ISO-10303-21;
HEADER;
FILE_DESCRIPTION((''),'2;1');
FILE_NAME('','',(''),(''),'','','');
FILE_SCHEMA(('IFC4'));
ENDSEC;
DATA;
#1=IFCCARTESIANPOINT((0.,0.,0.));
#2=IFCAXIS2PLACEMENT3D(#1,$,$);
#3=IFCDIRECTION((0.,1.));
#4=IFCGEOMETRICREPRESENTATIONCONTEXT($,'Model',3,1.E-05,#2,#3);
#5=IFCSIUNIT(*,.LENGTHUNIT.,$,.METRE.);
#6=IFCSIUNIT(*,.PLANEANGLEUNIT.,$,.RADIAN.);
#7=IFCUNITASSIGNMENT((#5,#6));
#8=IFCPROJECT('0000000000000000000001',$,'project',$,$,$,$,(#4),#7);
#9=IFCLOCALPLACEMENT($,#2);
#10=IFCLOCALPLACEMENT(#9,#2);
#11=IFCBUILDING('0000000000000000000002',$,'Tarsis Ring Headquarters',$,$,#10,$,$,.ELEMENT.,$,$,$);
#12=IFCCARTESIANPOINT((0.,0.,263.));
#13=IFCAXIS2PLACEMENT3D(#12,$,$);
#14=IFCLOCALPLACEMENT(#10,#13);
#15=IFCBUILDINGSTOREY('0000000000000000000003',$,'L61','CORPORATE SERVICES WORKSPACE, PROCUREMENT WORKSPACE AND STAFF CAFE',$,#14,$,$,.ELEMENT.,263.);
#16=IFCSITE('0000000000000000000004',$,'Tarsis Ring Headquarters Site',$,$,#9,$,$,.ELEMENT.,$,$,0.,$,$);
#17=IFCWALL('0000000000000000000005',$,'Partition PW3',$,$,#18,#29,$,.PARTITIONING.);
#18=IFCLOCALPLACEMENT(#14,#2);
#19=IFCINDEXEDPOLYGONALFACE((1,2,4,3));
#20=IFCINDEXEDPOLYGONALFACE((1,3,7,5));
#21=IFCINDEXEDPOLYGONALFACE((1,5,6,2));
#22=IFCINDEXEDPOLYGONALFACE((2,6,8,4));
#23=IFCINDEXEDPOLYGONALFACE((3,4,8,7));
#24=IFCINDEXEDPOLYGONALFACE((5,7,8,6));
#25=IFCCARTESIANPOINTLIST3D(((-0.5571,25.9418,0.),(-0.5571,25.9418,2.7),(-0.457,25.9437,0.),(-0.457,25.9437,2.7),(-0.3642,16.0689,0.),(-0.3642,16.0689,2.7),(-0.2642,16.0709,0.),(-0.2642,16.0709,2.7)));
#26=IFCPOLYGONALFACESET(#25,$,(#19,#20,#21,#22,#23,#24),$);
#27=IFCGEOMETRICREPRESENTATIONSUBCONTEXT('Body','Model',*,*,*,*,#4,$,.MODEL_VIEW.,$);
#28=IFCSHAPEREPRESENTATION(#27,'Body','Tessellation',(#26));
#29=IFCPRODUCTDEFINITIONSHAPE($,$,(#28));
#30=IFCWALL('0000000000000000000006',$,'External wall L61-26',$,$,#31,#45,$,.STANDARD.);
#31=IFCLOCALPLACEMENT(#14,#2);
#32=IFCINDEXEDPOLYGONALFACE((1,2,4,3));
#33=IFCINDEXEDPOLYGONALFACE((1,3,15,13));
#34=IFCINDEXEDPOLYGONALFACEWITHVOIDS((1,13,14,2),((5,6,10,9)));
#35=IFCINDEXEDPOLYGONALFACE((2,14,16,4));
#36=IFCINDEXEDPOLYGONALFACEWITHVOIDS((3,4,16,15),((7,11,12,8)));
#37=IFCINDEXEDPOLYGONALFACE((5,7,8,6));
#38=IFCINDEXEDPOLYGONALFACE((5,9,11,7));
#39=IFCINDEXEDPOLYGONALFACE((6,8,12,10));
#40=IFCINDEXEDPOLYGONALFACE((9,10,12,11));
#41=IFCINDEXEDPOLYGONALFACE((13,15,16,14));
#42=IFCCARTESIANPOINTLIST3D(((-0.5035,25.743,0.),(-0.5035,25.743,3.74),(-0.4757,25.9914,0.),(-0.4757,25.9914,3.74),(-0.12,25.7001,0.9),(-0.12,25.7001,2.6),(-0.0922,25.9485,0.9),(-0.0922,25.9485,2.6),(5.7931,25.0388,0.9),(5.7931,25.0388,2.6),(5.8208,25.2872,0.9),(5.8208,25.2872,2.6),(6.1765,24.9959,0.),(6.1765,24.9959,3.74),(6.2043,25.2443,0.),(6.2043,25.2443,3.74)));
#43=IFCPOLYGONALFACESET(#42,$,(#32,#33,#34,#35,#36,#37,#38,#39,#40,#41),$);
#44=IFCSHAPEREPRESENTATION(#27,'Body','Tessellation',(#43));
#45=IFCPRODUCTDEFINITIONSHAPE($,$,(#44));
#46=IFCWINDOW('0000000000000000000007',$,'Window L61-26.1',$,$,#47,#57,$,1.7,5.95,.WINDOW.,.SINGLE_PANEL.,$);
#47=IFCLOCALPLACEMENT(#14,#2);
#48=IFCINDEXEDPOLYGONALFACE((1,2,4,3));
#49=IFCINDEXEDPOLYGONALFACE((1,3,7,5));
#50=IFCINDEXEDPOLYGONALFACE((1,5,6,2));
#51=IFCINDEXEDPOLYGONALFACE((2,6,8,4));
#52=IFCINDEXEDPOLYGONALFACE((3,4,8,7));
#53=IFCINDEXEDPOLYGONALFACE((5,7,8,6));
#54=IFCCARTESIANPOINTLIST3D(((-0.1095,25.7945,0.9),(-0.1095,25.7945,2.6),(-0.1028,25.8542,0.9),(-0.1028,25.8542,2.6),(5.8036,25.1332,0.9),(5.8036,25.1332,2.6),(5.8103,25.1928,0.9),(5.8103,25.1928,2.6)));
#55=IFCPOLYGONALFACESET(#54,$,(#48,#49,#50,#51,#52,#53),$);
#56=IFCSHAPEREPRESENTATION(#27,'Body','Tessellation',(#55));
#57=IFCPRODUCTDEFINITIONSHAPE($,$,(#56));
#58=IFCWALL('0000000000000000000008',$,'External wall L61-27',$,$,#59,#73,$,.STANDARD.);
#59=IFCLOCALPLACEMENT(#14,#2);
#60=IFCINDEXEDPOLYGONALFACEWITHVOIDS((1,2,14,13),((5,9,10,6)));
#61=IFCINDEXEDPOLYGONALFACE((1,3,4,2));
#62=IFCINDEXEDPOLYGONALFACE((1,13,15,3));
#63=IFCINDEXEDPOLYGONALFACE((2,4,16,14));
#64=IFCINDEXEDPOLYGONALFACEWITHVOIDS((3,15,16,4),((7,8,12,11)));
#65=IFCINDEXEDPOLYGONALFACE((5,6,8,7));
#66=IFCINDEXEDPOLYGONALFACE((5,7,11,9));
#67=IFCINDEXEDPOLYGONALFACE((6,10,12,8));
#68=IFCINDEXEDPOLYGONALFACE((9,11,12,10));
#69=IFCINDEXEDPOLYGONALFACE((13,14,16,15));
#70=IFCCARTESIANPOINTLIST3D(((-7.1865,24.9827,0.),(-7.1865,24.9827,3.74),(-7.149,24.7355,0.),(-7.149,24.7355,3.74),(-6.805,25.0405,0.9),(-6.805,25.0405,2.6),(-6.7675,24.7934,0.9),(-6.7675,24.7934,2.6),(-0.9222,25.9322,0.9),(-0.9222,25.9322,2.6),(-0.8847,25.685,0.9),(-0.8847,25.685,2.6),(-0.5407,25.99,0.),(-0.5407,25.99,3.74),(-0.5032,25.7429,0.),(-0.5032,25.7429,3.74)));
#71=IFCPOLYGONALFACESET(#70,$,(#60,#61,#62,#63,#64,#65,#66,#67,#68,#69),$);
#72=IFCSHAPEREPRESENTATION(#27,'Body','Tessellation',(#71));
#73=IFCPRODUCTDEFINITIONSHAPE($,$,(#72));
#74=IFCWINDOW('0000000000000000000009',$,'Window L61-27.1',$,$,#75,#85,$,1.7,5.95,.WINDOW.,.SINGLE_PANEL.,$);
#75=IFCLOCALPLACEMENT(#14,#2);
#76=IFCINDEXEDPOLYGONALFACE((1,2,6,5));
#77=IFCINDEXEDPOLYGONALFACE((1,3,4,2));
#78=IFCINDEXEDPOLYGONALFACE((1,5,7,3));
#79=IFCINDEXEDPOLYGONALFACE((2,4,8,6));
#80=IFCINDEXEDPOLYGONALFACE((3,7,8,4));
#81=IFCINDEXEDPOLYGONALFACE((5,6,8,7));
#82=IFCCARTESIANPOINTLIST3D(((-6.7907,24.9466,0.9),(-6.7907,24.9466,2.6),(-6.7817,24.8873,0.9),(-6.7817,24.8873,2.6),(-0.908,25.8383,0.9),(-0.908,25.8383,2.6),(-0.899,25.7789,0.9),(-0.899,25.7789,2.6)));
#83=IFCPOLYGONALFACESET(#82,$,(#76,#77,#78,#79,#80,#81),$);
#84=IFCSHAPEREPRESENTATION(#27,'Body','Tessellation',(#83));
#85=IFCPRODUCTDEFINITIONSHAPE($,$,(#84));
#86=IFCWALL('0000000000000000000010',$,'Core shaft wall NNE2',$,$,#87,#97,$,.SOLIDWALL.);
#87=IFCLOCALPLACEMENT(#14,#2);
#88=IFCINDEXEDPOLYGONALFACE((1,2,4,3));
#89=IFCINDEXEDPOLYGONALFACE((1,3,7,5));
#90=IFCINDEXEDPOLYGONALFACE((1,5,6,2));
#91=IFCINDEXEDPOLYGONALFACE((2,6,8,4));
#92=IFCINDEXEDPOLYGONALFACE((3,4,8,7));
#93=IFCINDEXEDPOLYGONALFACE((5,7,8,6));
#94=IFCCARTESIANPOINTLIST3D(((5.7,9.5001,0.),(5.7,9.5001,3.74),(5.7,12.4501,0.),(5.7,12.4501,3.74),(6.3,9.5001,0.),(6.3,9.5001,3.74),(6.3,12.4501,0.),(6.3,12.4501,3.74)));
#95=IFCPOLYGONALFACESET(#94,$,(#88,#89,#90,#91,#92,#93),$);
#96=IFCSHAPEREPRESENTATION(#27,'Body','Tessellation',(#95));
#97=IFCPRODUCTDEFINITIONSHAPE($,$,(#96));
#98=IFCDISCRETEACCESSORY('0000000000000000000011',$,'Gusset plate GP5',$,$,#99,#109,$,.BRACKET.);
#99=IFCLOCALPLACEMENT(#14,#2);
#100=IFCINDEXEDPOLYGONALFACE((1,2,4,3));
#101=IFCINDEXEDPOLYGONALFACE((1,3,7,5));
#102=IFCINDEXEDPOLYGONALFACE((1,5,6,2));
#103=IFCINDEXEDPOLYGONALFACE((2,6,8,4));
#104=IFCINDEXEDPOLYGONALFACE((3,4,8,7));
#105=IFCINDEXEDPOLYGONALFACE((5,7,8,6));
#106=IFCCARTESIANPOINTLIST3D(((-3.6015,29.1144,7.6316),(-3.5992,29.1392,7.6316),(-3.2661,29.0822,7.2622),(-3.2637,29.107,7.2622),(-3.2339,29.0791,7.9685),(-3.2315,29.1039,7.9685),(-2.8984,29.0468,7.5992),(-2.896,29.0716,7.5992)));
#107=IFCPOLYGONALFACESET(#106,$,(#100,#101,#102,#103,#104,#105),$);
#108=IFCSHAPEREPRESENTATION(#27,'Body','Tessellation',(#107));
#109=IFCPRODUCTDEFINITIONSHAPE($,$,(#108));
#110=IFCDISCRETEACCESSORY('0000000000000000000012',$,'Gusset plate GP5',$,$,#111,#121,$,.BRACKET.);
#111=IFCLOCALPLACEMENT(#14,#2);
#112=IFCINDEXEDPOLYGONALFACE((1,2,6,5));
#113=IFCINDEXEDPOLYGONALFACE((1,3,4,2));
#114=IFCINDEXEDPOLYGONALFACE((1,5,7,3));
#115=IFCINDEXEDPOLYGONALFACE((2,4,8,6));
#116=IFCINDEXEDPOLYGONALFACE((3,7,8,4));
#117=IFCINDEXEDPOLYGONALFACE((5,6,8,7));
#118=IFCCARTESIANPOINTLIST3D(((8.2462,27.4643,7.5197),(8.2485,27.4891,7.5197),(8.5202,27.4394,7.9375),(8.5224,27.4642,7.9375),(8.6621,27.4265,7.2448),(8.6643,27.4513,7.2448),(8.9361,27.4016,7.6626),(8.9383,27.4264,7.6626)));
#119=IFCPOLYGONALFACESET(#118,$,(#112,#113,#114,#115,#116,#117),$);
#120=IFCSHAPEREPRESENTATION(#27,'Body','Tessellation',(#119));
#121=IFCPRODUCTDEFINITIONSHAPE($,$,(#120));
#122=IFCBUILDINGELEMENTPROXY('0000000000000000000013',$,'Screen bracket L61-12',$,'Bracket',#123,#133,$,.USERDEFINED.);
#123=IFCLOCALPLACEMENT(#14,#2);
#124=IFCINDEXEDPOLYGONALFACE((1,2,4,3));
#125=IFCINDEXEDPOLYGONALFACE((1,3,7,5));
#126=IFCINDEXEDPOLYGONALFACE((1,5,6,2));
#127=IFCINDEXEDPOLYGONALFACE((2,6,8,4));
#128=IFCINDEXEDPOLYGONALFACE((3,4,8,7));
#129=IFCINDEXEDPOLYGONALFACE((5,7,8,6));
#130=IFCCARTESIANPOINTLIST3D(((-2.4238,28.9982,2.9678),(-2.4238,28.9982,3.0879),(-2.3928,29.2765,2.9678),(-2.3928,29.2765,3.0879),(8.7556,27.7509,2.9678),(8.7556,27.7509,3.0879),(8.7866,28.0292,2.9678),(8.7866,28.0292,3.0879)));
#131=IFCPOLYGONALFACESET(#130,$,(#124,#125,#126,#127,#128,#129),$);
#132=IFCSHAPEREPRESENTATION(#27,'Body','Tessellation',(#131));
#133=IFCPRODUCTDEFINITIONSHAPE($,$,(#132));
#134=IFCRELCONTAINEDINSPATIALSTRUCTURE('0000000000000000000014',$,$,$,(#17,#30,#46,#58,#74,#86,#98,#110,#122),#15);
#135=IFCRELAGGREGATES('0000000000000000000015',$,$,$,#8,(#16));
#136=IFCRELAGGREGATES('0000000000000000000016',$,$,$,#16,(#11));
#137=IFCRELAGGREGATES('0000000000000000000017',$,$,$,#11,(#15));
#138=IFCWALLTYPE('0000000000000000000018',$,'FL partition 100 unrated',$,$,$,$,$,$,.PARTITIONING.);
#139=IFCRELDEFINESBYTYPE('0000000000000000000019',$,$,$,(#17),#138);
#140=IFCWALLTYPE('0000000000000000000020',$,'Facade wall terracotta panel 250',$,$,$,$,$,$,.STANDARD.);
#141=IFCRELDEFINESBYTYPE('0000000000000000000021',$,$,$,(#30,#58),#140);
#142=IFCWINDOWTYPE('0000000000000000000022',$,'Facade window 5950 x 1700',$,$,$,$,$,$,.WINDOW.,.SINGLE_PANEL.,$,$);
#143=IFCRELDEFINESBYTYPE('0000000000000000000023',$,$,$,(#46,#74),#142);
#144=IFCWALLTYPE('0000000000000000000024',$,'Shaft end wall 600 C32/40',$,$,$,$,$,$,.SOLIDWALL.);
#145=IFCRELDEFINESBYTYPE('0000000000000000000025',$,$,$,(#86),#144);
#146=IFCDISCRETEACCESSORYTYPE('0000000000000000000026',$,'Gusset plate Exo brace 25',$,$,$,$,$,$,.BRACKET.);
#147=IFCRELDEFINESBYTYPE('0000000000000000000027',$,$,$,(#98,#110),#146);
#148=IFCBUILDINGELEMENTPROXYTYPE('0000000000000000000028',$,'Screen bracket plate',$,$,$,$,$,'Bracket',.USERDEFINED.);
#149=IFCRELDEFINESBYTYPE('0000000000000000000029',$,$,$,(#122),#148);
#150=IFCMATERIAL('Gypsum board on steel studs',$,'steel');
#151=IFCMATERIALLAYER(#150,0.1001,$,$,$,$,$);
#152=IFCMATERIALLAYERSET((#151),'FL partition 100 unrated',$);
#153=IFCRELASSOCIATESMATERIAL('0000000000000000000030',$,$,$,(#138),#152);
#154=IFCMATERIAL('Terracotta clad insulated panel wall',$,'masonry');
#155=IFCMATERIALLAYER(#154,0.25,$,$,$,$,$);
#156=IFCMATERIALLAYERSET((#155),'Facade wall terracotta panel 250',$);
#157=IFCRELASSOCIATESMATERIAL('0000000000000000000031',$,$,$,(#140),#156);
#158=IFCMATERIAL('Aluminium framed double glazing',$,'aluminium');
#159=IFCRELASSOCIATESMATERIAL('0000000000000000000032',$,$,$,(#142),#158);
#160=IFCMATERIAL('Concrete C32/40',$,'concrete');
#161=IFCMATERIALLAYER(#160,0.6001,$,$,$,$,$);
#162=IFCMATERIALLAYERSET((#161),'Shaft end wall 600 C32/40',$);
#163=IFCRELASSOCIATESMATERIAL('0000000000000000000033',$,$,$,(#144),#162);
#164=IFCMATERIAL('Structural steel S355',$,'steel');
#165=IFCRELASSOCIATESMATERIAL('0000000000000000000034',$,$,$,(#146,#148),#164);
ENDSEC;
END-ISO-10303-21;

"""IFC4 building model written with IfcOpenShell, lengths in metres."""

from ifc_helpers import new_model, si_unit, direction, frame, frame_2d, origin, origin_2d, place, context, subcontext, project, spatial, rectangle, extrude, material, layer, layer_set, material_profile, profile_set, type_object, element, fill, save


model = new_model("IFC4")

# Units and contexts
model_context = context("Model", 3, precision=1e-05, world=origin(), true_north=direction((0.0, 1.0)))
body_context = subcontext(model_context, "Body", "Model", "MODEL_VIEW")
ifc_project = project(units=[si_unit("LENGTHUNIT", "METRE"), si_unit("PLANEANGLEUNIT", "RADIAN")], contexts=[model_context])

# Site, building, storey
site_placement = place(None, origin())
site = spatial("IfcSite", under=ifc_project, at=site_placement, Name="Tarsis Ring Headquarters Site", CompositionType="ELEMENT", RefElevation=0.0)
building_placement = place(site_placement, origin())
building = spatial("IfcBuilding", under=site, at=building_placement, Name="Tarsis Ring Headquarters", CompositionType="ELEMENT")
storey_placement = place(building_placement, frame((0.0, 0.0, 263.0)))
storey = spatial("IfcBuildingStorey", under=building, at=storey_placement, Name="L61", Description="CORPORATE SERVICES WORKSPACE, PROCUREMENT WORKSPACE AND STAFF CAFE", CompositionType="ELEMENT", Elevation=263.0)

# Shared definitions
ifc_material_1 = material(Name="Structural steel S355", Category="steel")

# Wall
ifc_material_2 = material(Name="Gypsum board on steel studs", Category="steel")
ifc_layer_1 = layer(ifc_material_2, 0.1001)
ifc_layer_set_1 = layer_set([ifc_layer_1], Name="FL partition 100 unrated")
wall_type_1 = type_object("IfcWallType", Name="FL partition 100 unrated", PredefinedType="PARTITIONING", material=ifc_layer_set_1)
wall_1_placement = place(storey_placement, frame((-0.5071, 25.9429, 0.0), z_axis=(0.0, 0.0, 1.0), x_axis=(0.019532, -0.999809, 0.0)))
element("IfcWall", 1, at=wall_1_placement, inside=storey, type_object=wall_type_1, Name="Partition PW3", PredefinedType="PARTITIONING", context=body_context, shape_type="SweptSolid", body=[
    extrude(rectangle(XDim=9.8748, YDim=0.1001, at=frame_2d((4.9375, 0.0))), origin(), (0.0, 0.0, 1.0), 2.7),
])

# Walls, openings, windows
ifc_material_3 = material(Name="Terracotta clad insulated panel wall", Category="masonry")
ifc_layer_2 = layer(ifc_material_3, 0.25)
ifc_layer_set_2 = layer_set([ifc_layer_2], Name="Facade wall terracotta panel 250")
wall_type_2 = type_object("IfcWallType", Name="Facade wall terracotta panel 250", PredefinedType="STANDARD", material=ifc_layer_set_2)
wall_2_placement = place(storey_placement, frame((6.1904, 25.1201, 0.0), z_axis=(0.0, 0.0, 1.0), x_axis=(-0.993804, 0.111145, 0.0)))
wall_2 = element("IfcWall", 2, at=wall_2_placement, inside=storey, type_object=wall_type_2, Name="External wall L61-26", PredefinedType="STANDARD", context=body_context, shape_type="SweptSolid", body=[
    extrude(rectangle(XDim=6.7217, YDim=0.25, at=frame_2d((3.3608, 0.0))), origin(), (0.0, 0.0, 1.0), 3.74),
])
opening_1_placement = place(wall_2_placement, frame((0.3857, 0.0, 0.8999)))
opening_1 = element("IfcOpeningElement", 3, at=opening_1_placement, cuts=wall_2, PredefinedType="OPENING", context=body_context, shape_type="SweptSolid", body=[
    extrude(rectangle(XDim=5.95, YDim=1.7, at=frame_2d((2.9751, 0.8501))), frame((0.0, 0.135, 0.0), z_axis=(0.0, -1.0, 0.0), x_axis=(1.0, 0.0, 0.0)), (0.0, 0.0, 1.0), 0.27),
])
ifc_material_4 = material(Name="Aluminium framed double glazing", Category="aluminium")
window_type = type_object("IfcWindowType", Name="Facade window 5950 x 1700", PartitioningType="SINGLE_PANEL", PredefinedType="WINDOW", material=ifc_material_4)
window_1_placement = place(opening_1_placement, origin())
window_1 = element("IfcWindow", 4, at=window_1_placement, inside=storey, type_object=window_type, Name="Window L61-26.1", OverallHeight=1.7, OverallWidth=5.95, PartitioningType="SINGLE_PANEL", PredefinedType="WINDOW", context=body_context, shape_type="SweptSolid", body=[
    extrude(rectangle(XDim=5.95, YDim=1.7, at=frame_2d((2.9751, 0.8501))), frame((0.0, 0.03, 0.0), z_axis=(0.0, -1.0, 0.0), x_axis=(1.0, 0.0, 0.0)), (0.0, 0.0, 1.0), 0.0601),
])
fill(opening_1, window_1)
wall_3_placement = place(storey_placement, frame((-0.522, 25.8665, 0.0), z_axis=(0.0, 0.0, 1.0), x_axis=(-0.988707, -0.149862, 0.0)))
wall_3 = element("IfcWall", 5, at=wall_3_placement, inside=storey, type_object=wall_type_2, Name="External wall L61-27", PredefinedType="STANDARD", context=body_context, shape_type="SweptSolid", body=[
    extrude(rectangle(XDim=6.7217, YDim=0.25, at=frame_2d((3.3608, 0.0))), origin(), (0.0, 0.0, 1.0), 3.74),
])
opening_2_placement = place(wall_3_placement, frame((0.3857, 0.0, 0.8999)))
opening_2 = element("IfcOpeningElement", 6, at=opening_2_placement, cuts=wall_3, PredefinedType="OPENING", context=body_context, shape_type="SweptSolid", body=[
    extrude(rectangle(XDim=5.95, YDim=1.7, at=frame_2d((2.9751, 0.8501))), frame((0.0, 0.135, 0.0), z_axis=(0.0, -1.0, 0.0), x_axis=(1.0, 0.0, 0.0)), (0.0, 0.0, 1.0), 0.27),
])
window_2_placement = place(opening_2_placement, origin())
window_2 = element("IfcWindow", 7, at=window_2_placement, inside=storey, type_object=window_type, Name="Window L61-27.1", OverallHeight=1.7, OverallWidth=5.95, PartitioningType="SINGLE_PANEL", PredefinedType="WINDOW", context=body_context, shape_type="SweptSolid", body=[
    extrude(rectangle(XDim=5.95, YDim=1.7, at=frame_2d((2.9751, 0.8501))), frame((0.0, 0.03, 0.0), z_axis=(0.0, -1.0, 0.0), x_axis=(1.0, 0.0, 0.0)), (0.0, 0.0, 1.0), 0.0601),
])
fill(opening_2, window_2)

# Wall
ifc_material_5 = material(Name="Concrete C32/40", Category="concrete")
ifc_layer_3 = layer(ifc_material_5, 0.6001)
ifc_layer_set_3 = layer_set([ifc_layer_3], Name="Shaft end wall 600 C32/40")
wall_type_3 = type_object("IfcWallType", Name="Shaft end wall 600 C32/40", PredefinedType="SOLIDWALL", material=ifc_layer_set_3)
wall_4_placement = place(storey_placement, frame((6.0, 9.5, 0.0), z_axis=(0.0, 0.0, 1.0), x_axis=(0.0, 1.0, 0.0)))
element("IfcWall", 8, at=wall_4_placement, inside=storey, type_object=wall_type_3, Name="Core shaft wall NNE2", PredefinedType="SOLIDWALL", context=body_context, shape_type="SweptSolid", body=[
    extrude(rectangle(XDim=2.95, YDim=0.6001, at=frame_2d((1.4751, 0.0))), origin(), (0.0, 0.0, 1.0), 3.74),
])

# Discrete accessories
ifc_material_profile_1 = material_profile(ifc_material_1, rectangle(XDim=0.0249, YDim=0.5, at=origin_2d()), Name="PL 25x500")
ifc_profile_set_1 = profile_set([ifc_material_profile_1], Name="Structural steel S355")
discrete_accessory_type = type_object("IfcDiscreteAccessoryType", Name="Gusset plate Exo brace 25", PredefinedType="BRACKET", material=ifc_profile_set_1)
discrete_accessory_1_placement = place(storey_placement, frame((-3.4165, 29.1091, 7.8), z_axis=(0.670885, -0.064452, -0.738755), x_axis=(0.09563, 0.995417, 0.0)))
element("IfcDiscreteAccessory", 9, at=discrete_accessory_1_placement, inside=storey, type_object=discrete_accessory_type, Name="Gusset plate GP5", PredefinedType="BRACKET", context=body_context, shape_type="SweptSolid", body=[
    extrude(rectangle(XDim=0.0249, YDim=0.5, at=origin_2d()), origin(), (0.0, 0.0, 1.0), 0.5),
])
discrete_accessory_2_placement = place(storey_placement, frame((8.7292, 27.4329, 7.8), z_axis=(-0.547688, 0.04979, -0.8352), x_axis=(-0.090536, -0.995893, 0.0)))
element("IfcDiscreteAccessory", 10, at=discrete_accessory_2_placement, inside=storey, type_object=discrete_accessory_type, Name="Gusset plate GP5", PredefinedType="BRACKET", context=body_context, shape_type="SweptSolid", body=[
    extrude(rectangle(XDim=0.0249, YDim=0.5, at=origin_2d()), origin(), (0.0, 0.0, 1.0), 0.5002),
])

# Building element proxy
building_element_proxy_type = type_object("IfcBuildingElementProxyType", Name="Screen bracket plate", ElementType="Bracket", PredefinedType="USERDEFINED", material=ifc_material_1)
proxy_placement = place(storey_placement, frame((3.1814, 28.5137, 2.9678), z_axis=(0.0, 0.0, 1.0), x_axis=(-0.993833, 0.110884, 0.0)))
element("IfcBuildingElementProxy", 11, at=proxy_placement, inside=storey, type_object=building_element_proxy_type, Name="Screen bracket L61-12", ObjectType="Bracket", PredefinedType="USERDEFINED", context=body_context, shape_type="SweptSolid", body=[
    extrude(rectangle(XDim=11.2488, YDim=0.28, at=origin_2d()), origin(), (0.0, 0.0, 1.0), 0.1201),
])

save(model, "model.ifc")
